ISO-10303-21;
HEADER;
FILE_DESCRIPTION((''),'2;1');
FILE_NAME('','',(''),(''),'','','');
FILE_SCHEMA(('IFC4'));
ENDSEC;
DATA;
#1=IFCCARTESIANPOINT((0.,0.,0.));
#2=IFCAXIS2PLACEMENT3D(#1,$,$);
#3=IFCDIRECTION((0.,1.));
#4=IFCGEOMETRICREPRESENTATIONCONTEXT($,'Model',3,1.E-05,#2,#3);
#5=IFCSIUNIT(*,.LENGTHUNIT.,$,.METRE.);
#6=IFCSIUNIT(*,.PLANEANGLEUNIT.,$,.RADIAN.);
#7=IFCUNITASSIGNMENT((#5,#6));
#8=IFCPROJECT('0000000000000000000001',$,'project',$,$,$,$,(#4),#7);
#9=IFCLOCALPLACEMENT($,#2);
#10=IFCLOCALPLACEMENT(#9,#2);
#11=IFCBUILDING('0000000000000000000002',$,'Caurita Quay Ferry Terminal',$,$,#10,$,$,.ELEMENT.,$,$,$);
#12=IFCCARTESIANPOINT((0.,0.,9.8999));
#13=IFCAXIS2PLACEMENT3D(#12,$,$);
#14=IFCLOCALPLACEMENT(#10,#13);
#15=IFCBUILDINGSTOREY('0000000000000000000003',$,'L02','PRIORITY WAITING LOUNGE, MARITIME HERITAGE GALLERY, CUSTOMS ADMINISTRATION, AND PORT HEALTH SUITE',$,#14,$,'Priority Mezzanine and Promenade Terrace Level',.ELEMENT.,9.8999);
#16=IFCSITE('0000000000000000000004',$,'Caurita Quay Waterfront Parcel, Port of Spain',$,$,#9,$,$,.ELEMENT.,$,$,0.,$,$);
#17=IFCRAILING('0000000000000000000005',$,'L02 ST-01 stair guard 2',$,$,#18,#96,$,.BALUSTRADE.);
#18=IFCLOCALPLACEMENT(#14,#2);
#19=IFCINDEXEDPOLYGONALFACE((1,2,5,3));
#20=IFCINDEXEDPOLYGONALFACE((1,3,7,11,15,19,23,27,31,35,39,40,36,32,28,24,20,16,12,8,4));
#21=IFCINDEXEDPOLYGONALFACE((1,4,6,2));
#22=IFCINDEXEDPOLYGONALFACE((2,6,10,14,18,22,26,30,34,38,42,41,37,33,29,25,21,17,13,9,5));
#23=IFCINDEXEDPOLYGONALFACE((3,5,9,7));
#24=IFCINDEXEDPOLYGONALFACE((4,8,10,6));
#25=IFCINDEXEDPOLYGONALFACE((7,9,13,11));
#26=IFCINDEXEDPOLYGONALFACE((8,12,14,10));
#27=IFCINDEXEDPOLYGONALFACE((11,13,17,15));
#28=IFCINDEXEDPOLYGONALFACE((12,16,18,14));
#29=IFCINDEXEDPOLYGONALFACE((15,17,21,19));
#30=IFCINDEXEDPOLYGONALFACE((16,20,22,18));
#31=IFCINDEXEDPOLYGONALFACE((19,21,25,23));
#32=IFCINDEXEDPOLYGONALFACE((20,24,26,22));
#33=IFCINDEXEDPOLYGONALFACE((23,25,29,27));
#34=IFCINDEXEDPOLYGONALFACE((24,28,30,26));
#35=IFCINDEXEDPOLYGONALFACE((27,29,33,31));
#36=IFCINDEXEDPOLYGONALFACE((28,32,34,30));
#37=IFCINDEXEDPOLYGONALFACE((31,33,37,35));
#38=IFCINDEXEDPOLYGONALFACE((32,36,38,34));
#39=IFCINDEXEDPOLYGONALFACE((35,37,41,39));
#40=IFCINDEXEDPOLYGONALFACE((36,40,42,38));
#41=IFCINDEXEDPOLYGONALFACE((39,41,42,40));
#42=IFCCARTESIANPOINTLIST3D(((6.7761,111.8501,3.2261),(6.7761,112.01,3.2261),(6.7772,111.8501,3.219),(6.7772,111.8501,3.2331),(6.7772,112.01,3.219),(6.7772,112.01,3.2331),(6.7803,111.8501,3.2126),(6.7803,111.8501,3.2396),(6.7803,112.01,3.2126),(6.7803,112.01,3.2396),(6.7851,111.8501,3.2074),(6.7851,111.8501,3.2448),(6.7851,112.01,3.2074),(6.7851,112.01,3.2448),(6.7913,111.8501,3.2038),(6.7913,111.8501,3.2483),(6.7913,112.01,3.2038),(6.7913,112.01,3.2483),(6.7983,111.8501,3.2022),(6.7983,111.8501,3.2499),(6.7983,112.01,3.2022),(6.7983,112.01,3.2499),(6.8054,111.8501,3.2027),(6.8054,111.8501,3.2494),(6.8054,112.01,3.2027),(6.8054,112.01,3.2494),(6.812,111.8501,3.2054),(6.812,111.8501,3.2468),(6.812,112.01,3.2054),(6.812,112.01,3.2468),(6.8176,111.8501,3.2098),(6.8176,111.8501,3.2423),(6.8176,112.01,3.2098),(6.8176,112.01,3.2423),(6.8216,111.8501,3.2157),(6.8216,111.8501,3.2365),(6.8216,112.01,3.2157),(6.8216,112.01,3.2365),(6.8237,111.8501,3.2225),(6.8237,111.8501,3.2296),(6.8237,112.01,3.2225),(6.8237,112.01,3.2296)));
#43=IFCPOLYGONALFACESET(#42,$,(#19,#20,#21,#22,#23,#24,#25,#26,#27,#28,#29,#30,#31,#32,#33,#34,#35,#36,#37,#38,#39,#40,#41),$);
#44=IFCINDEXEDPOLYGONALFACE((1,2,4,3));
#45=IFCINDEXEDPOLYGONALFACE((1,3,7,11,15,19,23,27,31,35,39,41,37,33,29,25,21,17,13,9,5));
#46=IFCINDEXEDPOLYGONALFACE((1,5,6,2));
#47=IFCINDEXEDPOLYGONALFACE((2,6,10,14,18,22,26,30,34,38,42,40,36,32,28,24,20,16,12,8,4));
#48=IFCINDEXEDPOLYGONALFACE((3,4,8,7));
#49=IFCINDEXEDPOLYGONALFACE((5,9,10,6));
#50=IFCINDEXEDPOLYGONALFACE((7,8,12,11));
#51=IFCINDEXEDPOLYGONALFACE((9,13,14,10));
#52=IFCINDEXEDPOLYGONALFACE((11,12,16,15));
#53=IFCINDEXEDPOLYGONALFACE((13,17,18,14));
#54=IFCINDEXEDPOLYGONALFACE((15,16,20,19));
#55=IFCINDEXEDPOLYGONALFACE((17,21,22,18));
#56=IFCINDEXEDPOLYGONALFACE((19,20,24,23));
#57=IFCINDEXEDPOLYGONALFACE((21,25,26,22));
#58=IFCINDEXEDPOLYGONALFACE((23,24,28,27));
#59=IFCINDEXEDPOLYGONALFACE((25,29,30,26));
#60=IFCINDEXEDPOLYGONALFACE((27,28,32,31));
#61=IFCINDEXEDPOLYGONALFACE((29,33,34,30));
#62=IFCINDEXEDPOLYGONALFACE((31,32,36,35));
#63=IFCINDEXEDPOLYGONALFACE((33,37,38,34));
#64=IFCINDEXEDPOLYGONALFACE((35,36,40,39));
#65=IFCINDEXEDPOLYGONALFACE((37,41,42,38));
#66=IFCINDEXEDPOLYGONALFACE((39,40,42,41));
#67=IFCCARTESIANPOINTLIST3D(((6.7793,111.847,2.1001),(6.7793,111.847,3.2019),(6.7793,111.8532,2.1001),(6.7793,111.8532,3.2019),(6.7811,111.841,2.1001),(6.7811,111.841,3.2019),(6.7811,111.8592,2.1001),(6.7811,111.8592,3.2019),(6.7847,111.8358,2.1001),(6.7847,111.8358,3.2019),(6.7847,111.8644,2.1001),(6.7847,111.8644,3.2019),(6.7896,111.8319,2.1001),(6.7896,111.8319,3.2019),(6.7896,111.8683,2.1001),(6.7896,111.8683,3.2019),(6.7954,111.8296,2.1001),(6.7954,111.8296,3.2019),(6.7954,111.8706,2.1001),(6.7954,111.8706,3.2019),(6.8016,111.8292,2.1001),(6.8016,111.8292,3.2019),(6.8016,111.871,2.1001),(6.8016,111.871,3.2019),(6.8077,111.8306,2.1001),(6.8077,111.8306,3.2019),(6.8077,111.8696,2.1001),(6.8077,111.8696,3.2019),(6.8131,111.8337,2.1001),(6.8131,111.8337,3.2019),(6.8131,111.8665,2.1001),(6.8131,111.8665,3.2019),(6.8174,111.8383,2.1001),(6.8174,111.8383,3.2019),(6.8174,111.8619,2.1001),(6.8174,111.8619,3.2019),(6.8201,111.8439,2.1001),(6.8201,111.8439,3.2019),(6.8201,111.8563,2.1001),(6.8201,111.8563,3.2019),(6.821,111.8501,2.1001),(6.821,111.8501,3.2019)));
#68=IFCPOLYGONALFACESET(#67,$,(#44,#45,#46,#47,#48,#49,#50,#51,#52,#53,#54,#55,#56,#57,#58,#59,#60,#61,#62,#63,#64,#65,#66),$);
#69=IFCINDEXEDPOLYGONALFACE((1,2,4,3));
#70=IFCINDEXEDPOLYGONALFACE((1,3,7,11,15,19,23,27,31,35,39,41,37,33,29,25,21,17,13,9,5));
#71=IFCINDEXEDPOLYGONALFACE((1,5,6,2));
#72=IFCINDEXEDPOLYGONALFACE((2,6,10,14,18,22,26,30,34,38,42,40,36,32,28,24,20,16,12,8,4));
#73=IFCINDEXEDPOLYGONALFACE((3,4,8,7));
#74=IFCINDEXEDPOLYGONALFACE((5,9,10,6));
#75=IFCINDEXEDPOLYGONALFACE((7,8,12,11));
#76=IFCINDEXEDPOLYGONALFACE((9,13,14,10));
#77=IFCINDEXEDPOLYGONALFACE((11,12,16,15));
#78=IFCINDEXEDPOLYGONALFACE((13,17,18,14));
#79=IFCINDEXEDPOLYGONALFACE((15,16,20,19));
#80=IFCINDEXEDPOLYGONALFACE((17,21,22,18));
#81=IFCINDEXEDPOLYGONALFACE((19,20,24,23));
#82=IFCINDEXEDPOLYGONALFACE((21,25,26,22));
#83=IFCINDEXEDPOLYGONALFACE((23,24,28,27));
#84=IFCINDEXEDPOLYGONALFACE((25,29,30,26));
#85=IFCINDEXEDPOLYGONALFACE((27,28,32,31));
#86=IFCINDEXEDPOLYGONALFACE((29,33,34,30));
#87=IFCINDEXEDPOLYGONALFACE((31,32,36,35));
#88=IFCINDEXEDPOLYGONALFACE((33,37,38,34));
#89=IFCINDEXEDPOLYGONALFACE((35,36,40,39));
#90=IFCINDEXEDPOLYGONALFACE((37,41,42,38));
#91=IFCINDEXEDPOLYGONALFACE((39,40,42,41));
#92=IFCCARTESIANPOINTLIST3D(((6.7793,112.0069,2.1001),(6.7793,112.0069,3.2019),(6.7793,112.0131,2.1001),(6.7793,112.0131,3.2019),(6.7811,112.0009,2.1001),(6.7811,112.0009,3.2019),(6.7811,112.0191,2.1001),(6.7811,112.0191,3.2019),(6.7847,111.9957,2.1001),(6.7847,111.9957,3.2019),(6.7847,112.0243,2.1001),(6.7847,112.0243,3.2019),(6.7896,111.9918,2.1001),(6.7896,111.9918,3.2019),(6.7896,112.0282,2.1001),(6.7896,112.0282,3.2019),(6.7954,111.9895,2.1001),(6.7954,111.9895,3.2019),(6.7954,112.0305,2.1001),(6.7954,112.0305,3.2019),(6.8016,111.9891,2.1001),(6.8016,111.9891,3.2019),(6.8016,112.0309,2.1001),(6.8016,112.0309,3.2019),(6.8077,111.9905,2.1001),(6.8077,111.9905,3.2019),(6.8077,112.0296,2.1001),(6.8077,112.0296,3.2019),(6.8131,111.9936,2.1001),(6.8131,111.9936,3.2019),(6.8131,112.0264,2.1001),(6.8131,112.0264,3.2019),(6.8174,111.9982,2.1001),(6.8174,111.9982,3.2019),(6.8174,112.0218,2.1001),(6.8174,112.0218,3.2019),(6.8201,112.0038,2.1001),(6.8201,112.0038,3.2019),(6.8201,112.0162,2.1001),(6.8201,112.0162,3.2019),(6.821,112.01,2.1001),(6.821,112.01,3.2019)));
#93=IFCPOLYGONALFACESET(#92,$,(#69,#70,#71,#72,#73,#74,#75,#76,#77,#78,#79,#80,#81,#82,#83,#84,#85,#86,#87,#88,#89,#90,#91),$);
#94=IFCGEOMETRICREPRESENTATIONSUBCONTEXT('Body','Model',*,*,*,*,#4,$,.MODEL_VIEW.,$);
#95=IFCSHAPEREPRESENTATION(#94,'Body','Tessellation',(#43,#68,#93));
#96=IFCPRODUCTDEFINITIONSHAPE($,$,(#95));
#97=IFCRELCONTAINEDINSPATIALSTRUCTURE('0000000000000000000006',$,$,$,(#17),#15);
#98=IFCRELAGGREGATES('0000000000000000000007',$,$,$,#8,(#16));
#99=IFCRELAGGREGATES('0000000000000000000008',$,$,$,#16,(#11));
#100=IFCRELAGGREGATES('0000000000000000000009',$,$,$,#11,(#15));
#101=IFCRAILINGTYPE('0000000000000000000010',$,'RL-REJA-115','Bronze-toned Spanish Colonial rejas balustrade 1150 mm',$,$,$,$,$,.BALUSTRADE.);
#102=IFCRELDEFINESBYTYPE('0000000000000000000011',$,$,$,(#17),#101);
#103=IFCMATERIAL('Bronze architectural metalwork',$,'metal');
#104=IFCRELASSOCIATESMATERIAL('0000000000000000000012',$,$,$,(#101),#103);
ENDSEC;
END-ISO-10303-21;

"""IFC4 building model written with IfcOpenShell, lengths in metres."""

from ifc_helpers import new_model, si_unit, direction, frame, origin, origin_2d, place, context, subcontext, project, spatial, circle, extrude, material, type_object, element, save


model = new_model("IFC4")

# Units and contexts
model_context = context("Model", 3, precision=1e-05, world=origin(), true_north=direction((0.0, 1.0)))
body_context = subcontext(model_context, "Body", "Model", "MODEL_VIEW")
ifc_project = project(units=[si_unit("LENGTHUNIT", "METRE"), si_unit("PLANEANGLEUNIT", "RADIAN")], contexts=[model_context])

# Site, building, storey
site_placement = place(None, origin())
site = spatial("IfcSite", under=ifc_project, at=site_placement, Name="Caurita Quay Waterfront Parcel, Port of Spain", CompositionType="ELEMENT", RefElevation=0.0)
building_placement = place(site_placement, origin())
building = spatial("IfcBuilding", under=site, at=building_placement, Name="Caurita Quay Ferry Terminal", CompositionType="ELEMENT")
storey_placement = place(building_placement, frame((0.0, 0.0, 9.8999)))
storey = spatial("IfcBuildingStorey", under=building, at=storey_placement, Name="L02", Description="PRIORITY WAITING LOUNGE, MARITIME HERITAGE GALLERY, CUSTOMS ADMINISTRATION, AND PORT HEALTH SUITE", LongName="Priority Mezzanine and Promenade Terrace Level", CompositionType="ELEMENT", Elevation=9.8999)

# Railing
ifc_material_1 = material(Name="Bronze architectural metalwork", Category="metal")
railing_type_1 = type_object("IfcRailingType", Name="RL-REJA-115", Description="Bronze-toned Spanish Colonial rejas balustrade 1150 mm", PredefinedType="BALUSTRADE", material=ifc_material_1)
railing_1_placement = place(storey_placement, frame((6.8, 111.8501, 2.1001)))
element("IfcRailing", 1, at=railing_1_placement, inside=storey, type_object=railing_type_1, Name="L02 ST-01 stair guard 2", PredefinedType="BALUSTRADE", context=body_context, shape_type="SweptSolid", body=[
    extrude(circle(Radius=0.0239, at=origin_2d()), frame((0.0, 0.0, 1.126), z_axis=(0.0, 1.0, 0.0), x_axis=(-1.0, 0.0, 0.0)), (0.0, 0.0, 1.0), 0.1599),
    extrude(circle(Radius=0.021, at=origin_2d()), origin(), (0.0, 0.0, 1.0), 1.1018),
    extrude(circle(Radius=0.021, at=origin_2d()), frame((0.0, 0.1599, 0.0)), (0.0, 0.0, 1.0), 1.1018),
])

save(model, "model.ifc")
